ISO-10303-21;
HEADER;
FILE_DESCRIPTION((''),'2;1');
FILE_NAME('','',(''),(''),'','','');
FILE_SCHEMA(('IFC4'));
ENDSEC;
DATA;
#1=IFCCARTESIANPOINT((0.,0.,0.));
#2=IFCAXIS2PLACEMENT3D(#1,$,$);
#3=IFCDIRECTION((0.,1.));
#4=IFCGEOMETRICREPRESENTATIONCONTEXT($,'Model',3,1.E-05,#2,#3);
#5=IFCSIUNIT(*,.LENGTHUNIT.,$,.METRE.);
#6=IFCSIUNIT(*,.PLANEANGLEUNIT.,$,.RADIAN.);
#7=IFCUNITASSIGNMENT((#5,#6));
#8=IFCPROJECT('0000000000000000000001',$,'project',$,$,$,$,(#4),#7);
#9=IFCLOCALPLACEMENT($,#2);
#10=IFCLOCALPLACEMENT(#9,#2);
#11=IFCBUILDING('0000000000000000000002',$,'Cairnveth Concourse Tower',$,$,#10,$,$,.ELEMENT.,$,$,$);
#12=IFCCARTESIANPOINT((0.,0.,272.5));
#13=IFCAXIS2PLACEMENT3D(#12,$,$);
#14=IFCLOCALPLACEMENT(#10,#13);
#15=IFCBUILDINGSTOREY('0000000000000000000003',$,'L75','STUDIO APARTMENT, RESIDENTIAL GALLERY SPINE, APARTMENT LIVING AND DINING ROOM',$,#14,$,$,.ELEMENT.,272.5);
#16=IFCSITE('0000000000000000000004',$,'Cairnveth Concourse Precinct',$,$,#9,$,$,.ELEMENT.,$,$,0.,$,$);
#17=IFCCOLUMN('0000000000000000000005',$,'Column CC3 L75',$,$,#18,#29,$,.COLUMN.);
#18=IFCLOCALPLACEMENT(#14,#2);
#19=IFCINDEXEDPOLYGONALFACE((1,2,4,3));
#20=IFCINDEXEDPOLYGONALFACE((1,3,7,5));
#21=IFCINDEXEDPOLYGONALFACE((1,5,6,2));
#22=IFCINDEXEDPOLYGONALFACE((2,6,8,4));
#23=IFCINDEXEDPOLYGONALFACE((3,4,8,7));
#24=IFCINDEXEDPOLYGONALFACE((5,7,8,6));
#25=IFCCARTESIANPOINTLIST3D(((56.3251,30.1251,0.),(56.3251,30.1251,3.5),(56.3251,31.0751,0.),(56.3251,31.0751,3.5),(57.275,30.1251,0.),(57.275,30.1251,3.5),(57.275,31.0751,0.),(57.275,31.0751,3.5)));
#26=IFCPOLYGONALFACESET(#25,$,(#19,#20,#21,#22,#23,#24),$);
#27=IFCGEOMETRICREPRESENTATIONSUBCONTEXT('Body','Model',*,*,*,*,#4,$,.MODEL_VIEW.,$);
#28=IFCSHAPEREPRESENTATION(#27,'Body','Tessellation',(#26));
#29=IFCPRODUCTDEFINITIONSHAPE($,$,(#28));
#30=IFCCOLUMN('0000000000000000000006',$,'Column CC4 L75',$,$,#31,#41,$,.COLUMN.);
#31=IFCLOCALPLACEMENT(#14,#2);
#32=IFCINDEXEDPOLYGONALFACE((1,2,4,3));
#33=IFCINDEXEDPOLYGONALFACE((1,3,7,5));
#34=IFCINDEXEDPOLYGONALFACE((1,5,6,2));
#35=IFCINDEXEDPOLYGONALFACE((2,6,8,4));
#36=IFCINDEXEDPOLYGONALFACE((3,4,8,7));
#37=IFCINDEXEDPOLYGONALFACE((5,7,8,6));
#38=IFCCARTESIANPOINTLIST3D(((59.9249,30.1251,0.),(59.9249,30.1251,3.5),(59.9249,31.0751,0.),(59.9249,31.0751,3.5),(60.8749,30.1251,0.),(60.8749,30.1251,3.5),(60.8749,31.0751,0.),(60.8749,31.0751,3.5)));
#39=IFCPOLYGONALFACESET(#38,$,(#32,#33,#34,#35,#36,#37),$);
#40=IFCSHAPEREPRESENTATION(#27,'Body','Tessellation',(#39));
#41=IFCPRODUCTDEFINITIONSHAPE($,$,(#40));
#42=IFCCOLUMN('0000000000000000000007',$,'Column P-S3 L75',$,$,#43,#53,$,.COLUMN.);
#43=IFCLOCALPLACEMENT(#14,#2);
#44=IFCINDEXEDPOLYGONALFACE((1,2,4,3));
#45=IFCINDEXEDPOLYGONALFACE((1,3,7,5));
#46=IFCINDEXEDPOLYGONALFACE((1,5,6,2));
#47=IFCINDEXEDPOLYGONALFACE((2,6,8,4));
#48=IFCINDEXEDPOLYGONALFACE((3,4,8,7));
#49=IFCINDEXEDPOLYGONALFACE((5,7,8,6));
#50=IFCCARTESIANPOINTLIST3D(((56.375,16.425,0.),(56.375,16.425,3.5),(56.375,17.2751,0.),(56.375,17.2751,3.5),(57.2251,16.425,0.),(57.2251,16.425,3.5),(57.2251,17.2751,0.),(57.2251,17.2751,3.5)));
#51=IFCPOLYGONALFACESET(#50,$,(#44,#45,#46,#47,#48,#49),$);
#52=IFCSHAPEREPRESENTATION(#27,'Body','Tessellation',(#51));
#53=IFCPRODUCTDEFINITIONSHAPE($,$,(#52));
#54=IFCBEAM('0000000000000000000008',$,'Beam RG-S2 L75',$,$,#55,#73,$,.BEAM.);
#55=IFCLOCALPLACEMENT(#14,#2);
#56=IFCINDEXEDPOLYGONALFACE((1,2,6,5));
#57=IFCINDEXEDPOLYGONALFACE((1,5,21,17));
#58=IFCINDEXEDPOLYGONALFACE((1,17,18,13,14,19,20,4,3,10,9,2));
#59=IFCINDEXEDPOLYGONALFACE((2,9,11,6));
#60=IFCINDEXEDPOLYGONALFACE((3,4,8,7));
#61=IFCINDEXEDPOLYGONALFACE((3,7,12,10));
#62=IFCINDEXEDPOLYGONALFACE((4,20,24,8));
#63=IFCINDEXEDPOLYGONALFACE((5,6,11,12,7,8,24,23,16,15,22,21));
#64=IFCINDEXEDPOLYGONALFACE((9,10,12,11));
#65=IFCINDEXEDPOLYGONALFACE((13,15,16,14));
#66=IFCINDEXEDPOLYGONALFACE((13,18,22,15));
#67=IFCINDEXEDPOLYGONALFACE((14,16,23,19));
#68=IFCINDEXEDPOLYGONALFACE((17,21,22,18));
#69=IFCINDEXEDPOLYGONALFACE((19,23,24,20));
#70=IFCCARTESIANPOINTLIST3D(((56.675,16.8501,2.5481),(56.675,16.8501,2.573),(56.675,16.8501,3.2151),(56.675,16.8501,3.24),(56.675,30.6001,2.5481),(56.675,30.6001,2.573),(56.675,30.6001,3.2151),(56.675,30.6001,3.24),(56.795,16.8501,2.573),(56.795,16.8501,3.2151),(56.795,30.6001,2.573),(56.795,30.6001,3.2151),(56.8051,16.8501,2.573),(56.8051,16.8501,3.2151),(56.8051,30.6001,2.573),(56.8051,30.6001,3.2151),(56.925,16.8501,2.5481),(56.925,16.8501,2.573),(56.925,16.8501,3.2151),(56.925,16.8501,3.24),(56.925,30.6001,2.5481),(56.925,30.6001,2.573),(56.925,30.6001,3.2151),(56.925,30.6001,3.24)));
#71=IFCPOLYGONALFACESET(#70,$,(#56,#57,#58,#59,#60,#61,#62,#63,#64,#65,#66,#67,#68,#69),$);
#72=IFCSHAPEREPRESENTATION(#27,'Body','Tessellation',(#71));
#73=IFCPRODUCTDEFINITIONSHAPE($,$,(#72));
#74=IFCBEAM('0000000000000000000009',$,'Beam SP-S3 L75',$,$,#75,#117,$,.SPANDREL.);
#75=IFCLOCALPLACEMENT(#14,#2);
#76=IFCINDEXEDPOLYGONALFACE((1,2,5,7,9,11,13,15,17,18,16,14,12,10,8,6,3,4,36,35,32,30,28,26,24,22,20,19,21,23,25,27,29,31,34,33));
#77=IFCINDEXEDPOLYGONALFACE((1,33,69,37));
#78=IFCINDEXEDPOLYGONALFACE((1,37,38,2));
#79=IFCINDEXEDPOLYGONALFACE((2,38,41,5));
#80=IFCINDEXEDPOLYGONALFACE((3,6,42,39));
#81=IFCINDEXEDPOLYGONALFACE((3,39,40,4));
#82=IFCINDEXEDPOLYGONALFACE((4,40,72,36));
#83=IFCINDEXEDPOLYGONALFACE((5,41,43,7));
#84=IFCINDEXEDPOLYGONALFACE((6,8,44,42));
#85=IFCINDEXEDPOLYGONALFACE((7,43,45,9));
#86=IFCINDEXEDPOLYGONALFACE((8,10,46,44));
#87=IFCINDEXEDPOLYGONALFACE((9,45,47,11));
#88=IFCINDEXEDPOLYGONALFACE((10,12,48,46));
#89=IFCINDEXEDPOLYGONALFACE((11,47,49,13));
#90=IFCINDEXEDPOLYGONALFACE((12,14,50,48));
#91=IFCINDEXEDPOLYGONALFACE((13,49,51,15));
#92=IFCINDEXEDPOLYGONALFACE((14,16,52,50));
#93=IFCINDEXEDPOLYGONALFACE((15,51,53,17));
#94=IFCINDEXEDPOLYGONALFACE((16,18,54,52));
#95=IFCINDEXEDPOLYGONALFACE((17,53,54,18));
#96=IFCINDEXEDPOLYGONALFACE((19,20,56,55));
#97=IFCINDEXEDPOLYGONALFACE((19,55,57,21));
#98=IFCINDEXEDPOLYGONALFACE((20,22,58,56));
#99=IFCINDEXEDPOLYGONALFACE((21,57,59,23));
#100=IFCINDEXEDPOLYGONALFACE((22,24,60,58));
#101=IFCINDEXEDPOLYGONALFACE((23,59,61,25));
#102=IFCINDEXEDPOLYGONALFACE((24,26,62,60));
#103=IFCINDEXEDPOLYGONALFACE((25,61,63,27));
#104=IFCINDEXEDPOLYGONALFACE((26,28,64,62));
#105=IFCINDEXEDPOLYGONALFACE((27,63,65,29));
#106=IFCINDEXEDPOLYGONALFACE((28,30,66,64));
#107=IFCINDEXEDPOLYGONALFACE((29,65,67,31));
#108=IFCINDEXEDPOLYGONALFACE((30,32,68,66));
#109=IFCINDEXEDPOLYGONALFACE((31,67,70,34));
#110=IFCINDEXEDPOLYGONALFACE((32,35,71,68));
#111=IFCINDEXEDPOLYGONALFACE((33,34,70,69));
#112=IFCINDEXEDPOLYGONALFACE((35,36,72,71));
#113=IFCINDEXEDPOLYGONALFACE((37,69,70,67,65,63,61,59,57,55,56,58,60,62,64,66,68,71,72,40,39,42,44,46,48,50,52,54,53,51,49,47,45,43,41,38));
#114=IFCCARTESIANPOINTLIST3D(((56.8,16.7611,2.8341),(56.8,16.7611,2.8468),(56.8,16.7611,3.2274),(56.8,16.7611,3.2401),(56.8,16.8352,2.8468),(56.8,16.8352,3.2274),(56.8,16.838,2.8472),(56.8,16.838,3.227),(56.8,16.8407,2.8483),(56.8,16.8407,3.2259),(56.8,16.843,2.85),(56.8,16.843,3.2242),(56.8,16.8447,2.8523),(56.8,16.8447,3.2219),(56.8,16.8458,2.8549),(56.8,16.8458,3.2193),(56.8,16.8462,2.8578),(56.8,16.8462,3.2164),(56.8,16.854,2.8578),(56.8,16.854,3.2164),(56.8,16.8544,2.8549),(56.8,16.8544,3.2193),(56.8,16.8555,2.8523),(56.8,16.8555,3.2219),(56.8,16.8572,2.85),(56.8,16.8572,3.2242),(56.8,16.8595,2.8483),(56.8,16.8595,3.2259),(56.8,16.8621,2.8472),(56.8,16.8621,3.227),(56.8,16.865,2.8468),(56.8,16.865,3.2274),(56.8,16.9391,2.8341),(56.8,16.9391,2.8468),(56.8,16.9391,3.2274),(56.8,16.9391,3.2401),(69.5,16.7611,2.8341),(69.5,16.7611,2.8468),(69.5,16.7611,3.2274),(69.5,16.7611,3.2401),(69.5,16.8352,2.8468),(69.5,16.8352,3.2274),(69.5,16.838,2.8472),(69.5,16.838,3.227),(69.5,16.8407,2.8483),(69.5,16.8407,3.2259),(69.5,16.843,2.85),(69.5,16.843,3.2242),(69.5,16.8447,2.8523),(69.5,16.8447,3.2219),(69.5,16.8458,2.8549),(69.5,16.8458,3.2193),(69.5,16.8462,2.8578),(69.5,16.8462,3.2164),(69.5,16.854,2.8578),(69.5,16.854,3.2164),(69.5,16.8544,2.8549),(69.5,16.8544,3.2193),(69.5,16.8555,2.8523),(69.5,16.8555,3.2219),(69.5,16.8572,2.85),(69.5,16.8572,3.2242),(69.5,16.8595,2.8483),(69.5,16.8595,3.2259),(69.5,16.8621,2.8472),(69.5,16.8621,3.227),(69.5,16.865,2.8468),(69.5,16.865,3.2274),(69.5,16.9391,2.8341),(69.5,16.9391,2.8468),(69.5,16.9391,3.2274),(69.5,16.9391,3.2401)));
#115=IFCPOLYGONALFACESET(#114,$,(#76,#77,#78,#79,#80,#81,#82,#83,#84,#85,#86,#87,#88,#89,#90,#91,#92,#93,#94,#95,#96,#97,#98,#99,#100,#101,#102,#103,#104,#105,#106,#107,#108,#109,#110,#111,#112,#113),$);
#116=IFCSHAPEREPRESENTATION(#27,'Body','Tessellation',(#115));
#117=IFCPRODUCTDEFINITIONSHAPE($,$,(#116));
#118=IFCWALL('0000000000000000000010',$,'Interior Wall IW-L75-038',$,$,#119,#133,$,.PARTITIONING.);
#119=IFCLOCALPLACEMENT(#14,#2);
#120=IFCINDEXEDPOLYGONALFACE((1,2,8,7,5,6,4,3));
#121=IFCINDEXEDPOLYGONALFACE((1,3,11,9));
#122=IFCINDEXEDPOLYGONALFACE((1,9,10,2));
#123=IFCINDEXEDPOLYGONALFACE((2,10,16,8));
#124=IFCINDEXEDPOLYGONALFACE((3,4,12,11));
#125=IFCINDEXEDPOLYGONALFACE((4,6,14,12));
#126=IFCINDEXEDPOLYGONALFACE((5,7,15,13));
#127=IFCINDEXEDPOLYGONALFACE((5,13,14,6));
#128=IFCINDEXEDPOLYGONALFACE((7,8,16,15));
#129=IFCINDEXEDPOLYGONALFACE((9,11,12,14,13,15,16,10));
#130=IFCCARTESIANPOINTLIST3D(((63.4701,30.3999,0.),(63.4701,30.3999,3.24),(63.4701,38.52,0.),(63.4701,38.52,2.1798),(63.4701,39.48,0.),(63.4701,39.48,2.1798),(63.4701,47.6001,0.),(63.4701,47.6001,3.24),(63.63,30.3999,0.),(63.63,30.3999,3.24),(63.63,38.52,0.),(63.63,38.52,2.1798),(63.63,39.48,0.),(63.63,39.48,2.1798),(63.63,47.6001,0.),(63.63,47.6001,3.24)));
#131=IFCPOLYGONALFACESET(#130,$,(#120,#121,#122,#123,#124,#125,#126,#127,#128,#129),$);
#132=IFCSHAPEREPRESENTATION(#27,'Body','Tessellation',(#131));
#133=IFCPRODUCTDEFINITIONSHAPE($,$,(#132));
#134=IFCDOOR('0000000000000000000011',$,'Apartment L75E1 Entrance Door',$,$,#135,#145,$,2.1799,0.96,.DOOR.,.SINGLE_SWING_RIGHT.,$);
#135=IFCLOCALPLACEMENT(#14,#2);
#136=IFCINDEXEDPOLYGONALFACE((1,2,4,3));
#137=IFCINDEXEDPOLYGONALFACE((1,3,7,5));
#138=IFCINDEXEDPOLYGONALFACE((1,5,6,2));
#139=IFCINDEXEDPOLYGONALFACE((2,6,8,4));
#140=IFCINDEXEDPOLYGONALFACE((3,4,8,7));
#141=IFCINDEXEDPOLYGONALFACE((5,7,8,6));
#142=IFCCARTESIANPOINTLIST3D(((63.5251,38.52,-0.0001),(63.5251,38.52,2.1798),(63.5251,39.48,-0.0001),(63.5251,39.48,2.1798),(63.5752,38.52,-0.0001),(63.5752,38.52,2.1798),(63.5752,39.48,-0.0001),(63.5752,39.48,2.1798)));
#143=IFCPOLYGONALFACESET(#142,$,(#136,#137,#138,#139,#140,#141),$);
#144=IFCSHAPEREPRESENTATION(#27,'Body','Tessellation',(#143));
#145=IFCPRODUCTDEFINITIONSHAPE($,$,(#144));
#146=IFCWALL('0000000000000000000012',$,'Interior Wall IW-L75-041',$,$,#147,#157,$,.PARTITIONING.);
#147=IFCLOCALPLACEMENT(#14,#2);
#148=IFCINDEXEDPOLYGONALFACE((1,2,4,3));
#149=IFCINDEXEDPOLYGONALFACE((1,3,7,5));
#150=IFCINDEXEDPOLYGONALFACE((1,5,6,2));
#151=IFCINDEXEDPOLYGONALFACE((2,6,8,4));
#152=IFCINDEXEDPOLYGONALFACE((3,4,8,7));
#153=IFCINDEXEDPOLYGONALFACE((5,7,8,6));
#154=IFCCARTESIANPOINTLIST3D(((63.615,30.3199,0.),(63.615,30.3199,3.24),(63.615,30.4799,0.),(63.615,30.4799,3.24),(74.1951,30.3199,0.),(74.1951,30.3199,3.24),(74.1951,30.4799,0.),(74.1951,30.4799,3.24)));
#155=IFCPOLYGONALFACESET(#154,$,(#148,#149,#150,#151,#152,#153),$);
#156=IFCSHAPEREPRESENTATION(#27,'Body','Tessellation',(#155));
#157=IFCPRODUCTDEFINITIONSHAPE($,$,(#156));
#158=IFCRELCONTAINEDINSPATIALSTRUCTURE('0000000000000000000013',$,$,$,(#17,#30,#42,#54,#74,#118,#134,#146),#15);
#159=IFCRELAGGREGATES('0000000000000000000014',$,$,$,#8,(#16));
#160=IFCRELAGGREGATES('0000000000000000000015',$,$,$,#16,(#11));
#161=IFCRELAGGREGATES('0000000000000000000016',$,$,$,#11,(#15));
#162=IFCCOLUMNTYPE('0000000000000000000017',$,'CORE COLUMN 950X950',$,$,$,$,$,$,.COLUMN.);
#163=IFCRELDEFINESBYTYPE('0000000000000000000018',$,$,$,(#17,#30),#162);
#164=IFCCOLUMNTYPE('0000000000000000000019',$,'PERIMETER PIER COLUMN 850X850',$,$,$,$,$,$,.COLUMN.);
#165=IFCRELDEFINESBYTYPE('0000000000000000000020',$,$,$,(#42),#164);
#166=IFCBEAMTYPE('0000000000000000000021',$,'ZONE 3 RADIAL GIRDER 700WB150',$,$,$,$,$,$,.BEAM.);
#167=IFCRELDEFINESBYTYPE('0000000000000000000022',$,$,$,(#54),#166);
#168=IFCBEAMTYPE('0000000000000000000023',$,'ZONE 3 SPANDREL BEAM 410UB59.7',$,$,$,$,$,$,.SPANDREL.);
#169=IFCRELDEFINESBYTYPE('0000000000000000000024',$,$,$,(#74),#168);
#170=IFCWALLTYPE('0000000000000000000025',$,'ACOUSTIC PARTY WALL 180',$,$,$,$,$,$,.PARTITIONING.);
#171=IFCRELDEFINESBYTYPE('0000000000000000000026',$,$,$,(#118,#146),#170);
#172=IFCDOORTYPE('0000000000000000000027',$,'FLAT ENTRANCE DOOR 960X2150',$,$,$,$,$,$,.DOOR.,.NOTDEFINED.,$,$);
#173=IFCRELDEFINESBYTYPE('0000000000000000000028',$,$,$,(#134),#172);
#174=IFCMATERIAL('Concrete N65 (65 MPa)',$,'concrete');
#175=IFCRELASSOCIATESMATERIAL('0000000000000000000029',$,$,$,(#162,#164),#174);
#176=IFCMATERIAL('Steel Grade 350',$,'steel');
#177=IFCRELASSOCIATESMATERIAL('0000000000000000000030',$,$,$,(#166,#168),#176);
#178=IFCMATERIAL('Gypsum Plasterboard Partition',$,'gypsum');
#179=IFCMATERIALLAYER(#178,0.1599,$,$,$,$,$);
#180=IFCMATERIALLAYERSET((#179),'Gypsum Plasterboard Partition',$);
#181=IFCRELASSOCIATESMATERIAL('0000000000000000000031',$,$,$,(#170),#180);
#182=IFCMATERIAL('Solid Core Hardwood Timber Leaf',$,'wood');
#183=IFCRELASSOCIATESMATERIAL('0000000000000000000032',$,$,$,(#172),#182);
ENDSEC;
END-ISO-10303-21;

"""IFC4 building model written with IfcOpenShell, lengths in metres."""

from ifc_helpers import new_model, si_unit, direction, frame, frame_2d, origin, origin_2d, place, context, subcontext, project, spatial, rectangle, i_section, extrude, material, layer, layer_set, material_profile, profile_set, type_object, element, fill, save


model = new_model("IFC4")

# Units and contexts
model_context = context("Model", 3, precision=1e-05, world=origin(), true_north=direction((0.0, 1.0)))
body_context = subcontext(model_context, "Body", "Model", "MODEL_VIEW")
ifc_project = project(units=[si_unit("LENGTHUNIT", "METRE"), si_unit("PLANEANGLEUNIT", "RADIAN")], contexts=[model_context])

# Site, building, storey
site_placement = place(None, origin())
site = spatial("IfcSite", under=ifc_project, at=site_placement, Name="Cairnveth Concourse Precinct", CompositionType="ELEMENT", RefElevation=0.0)
building_placement = place(site_placement, origin())
building = spatial("IfcBuilding", under=site, at=building_placement, Name="Cairnveth Concourse Tower", CompositionType="ELEMENT")
storey_placement = place(building_placement, frame((0.0, 0.0, 272.5)))
storey = spatial("IfcBuildingStorey", under=building, at=storey_placement, Name="L75", Description="STUDIO APARTMENT, RESIDENTIAL GALLERY SPINE, APARTMENT LIVING AND DINING ROOM", CompositionType="ELEMENT", Elevation=272.5)

# Columns
ifc_material_1 = material(Name="Concrete N65 (65 MPa)", Category="concrete")
ifc_material_profile_1 = material_profile(ifc_material_1, rectangle(XDim=0.95, YDim=0.95, at=origin_2d()), Name="RC-COL-950x950")
ifc_profile_set_1 = profile_set([ifc_material_profile_1], Name="Concrete N65 (65 MPa)")
column_type_1 = type_object("IfcColumnType", Name="CORE COLUMN 950X950", PredefinedType="COLUMN", material=ifc_profile_set_1)
for number, where, z_axis, x_axis, name in (
    (1, (56.8, 30.6001, 0.0), (0.0, 0.0, 1.0), (1.0, 0.0, 0.0), "Column CC3 L75"),
    (2, (60.3999, 30.6001, 0.0), (0.0, 0.0, 1.0), (1.0, 0.0, 0.0), "Column CC4 L75"),
):
    element("IfcColumn", number, at=place(storey_placement, frame(where, z_axis=z_axis, x_axis=x_axis)), inside=storey, type_object=column_type_1, Name=name, PredefinedType="COLUMN", context=body_context, shape_type="SweptSolid", body=[
        extrude(rectangle(XDim=0.95, YDim=0.95, at=origin_2d()), origin(), (0.0, 0.0, 1.0), 3.5),
    ])
ifc_material_profile_2 = material_profile(ifc_material_1, rectangle(XDim=0.8501, YDim=0.8501, at=origin_2d()), Name="RC-COL-850x850")
ifc_profile_set_2 = profile_set([ifc_material_profile_2], Name="Concrete N65 (65 MPa)")
column_type_2 = type_object("IfcColumnType", Name="PERIMETER PIER COLUMN 850X850", PredefinedType="COLUMN", material=ifc_profile_set_2)
column_placement = place(storey_placement, frame((56.8, 16.8501, 0.0), z_axis=(0.0, 0.0, 1.0), x_axis=(1.0, 0.0, 0.0)))
element("IfcColumn", 3, at=column_placement, inside=storey, type_object=column_type_2, Name="Column P-S3 L75", PredefinedType="COLUMN", context=body_context, shape_type="SweptSolid", body=[
    extrude(rectangle(XDim=0.8501, YDim=0.8501, at=origin_2d()), origin(), (0.0, 0.0, 1.0), 3.5),
])

# Beams
ifc_material_2 = material(Name="Steel Grade 350", Category="steel")
ifc_material_profile_3 = material_profile(ifc_material_2, i_section(OverallWidth=0.25, OverallDepth=0.6919, WebThickness=0.01, FlangeThickness=0.0249, at=origin_2d()), Name="700WB150")
ifc_profile_set_3 = profile_set([ifc_material_profile_3], Name="Steel Grade 350")
beam_type_1 = type_object("IfcBeamType", Name="ZONE 3 RADIAL GIRDER 700WB150", PredefinedType="BEAM", material=ifc_profile_set_3)
beam_1_placement = place(storey_placement, frame((56.8, 16.8501, 2.894), z_axis=(0.0, 1.0, 0.0), x_axis=(-1.0, 0.0, 0.0)))
element("IfcBeam", 4, at=beam_1_placement, inside=storey, type_object=beam_type_1, Name="Beam RG-S2 L75", PredefinedType="BEAM", context=body_context, shape_type="SweptSolid", body=[
    extrude(i_section(OverallWidth=0.25, OverallDepth=0.6919, WebThickness=0.01, FlangeThickness=0.0249, at=origin_2d()), origin(), (0.0, 0.0, 1.0), 13.75),
])
ifc_material_profile_4 = material_profile(ifc_material_2, i_section(OverallWidth=0.178, OverallDepth=0.406, WebThickness=0.0078, FlangeThickness=0.0127, FilletRadius=0.011, at=origin_2d()), Name="410UB59.7")
ifc_profile_set_4 = profile_set([ifc_material_profile_4], Name="Steel Grade 350")
beam_type_2 = type_object("IfcBeamType", Name="ZONE 3 SPANDREL BEAM 410UB59.7", PredefinedType="SPANDREL", material=ifc_profile_set_4)
beam_2_placement = place(storey_placement, frame((56.8, 16.8501, 3.0371), z_axis=(1.0, 0.0, 0.0), x_axis=(0.0, 1.0, 0.0)))
element("IfcBeam", 5, at=beam_2_placement, inside=storey, type_object=beam_type_2, Name="Beam SP-S3 L75", PredefinedType="SPANDREL", context=body_context, shape_type="SweptSolid", body=[
    extrude(i_section(OverallWidth=0.178, OverallDepth=0.406, WebThickness=0.0078, FlangeThickness=0.0127, FilletRadius=0.011, at=origin_2d()), origin(), (0.0, 0.0, 1.0), 12.7),
])

# Wall, opening, door
ifc_material_3 = material(Name="Gypsum Plasterboard Partition", Category="gypsum")
ifc_layer_1 = layer(ifc_material_3, 0.1599)
ifc_layer_set_1 = layer_set([ifc_layer_1], Name="Gypsum Plasterboard Partition")
wall_type_1 = type_object("IfcWallType", Name="ACOUSTIC PARTY WALL 180", PredefinedType="PARTITIONING", material=ifc_layer_set_1)
wall_1_placement = place(storey_placement, frame((63.55, 30.3999, 0.0), z_axis=(0.0, 0.0, 1.0), x_axis=(0.0, 1.0, 0.0)))
wall_1 = element("IfcWall", 6, at=wall_1_placement, inside=storey, type_object=wall_type_1, Name="Interior Wall IW-L75-038", PredefinedType="PARTITIONING", context=body_context, shape_type="SweptSolid", body=[
    extrude(rectangle(XDim=17.2002, YDim=0.1599, at=frame_2d((8.6001, 0.0))), origin(), (0.0, 0.0, 1.0), 3.24),
])
opening_1_placement = place(wall_1_placement, frame((8.1201, 0.0, 0.0)))
opening_1 = element("IfcOpeningElement", 7, at=opening_1_placement, cuts=wall_1, PredefinedType="OPENING", context=body_context, shape_type="SweptSolid", body=[
    extrude(rectangle(XDim=0.96, YDim=2.1799, at=frame_2d((0.48, 1.0898))), frame((0.0, 0.0898, 0.0), z_axis=(0.0, -1.0, 0.0), x_axis=(1.0, 0.0, 0.0)), (0.0, 0.0, 1.0), 0.1799),
])
ifc_material_4 = material(Name="Solid Core Hardwood Timber Leaf", Category="wood")
door_type_1 = type_object("IfcDoorType", Name="FLAT ENTRANCE DOOR 960X2150", OperationType="NOTDEFINED", PredefinedType="DOOR", material=ifc_material_4)
door_1_placement = place(opening_1_placement, origin())
door_1 = element("IfcDoor", 8, at=door_1_placement, inside=storey, type_object=door_type_1, Name="Apartment L75E1 Entrance Door", OperationType="SINGLE_SWING_RIGHT", OverallHeight=2.1799, OverallWidth=0.96, PredefinedType="DOOR", context=body_context, shape_type="SweptSolid", body=[
    extrude(rectangle(XDim=0.96, YDim=2.1799, at=frame_2d((0.48, 1.0898))), frame((0.0, 0.0249, 0.0), z_axis=(0.0, -1.0, 0.0), x_axis=(1.0, 0.0, 0.0)), (0.0, 0.0, 1.0), 0.05),
])
fill(opening_1, door_1)

# Wall
wall_2_placement = place(storey_placement, frame((63.615, 30.3999, 0.0), z_axis=(0.0, 0.0, 1.0), x_axis=(1.0, 0.0, 0.0)))
element("IfcWall", 9, at=wall_2_placement, inside=storey, type_object=wall_type_1, Name="Interior Wall IW-L75-041", PredefinedType="PARTITIONING", context=body_context, shape_type="SweptSolid", body=[
    extrude(rectangle(XDim=10.5801, YDim=0.1599, at=frame_2d((5.29, 0.0))), origin(), (0.0, 0.0, 1.0), 3.24),
])

save(model, "model.ifc")
